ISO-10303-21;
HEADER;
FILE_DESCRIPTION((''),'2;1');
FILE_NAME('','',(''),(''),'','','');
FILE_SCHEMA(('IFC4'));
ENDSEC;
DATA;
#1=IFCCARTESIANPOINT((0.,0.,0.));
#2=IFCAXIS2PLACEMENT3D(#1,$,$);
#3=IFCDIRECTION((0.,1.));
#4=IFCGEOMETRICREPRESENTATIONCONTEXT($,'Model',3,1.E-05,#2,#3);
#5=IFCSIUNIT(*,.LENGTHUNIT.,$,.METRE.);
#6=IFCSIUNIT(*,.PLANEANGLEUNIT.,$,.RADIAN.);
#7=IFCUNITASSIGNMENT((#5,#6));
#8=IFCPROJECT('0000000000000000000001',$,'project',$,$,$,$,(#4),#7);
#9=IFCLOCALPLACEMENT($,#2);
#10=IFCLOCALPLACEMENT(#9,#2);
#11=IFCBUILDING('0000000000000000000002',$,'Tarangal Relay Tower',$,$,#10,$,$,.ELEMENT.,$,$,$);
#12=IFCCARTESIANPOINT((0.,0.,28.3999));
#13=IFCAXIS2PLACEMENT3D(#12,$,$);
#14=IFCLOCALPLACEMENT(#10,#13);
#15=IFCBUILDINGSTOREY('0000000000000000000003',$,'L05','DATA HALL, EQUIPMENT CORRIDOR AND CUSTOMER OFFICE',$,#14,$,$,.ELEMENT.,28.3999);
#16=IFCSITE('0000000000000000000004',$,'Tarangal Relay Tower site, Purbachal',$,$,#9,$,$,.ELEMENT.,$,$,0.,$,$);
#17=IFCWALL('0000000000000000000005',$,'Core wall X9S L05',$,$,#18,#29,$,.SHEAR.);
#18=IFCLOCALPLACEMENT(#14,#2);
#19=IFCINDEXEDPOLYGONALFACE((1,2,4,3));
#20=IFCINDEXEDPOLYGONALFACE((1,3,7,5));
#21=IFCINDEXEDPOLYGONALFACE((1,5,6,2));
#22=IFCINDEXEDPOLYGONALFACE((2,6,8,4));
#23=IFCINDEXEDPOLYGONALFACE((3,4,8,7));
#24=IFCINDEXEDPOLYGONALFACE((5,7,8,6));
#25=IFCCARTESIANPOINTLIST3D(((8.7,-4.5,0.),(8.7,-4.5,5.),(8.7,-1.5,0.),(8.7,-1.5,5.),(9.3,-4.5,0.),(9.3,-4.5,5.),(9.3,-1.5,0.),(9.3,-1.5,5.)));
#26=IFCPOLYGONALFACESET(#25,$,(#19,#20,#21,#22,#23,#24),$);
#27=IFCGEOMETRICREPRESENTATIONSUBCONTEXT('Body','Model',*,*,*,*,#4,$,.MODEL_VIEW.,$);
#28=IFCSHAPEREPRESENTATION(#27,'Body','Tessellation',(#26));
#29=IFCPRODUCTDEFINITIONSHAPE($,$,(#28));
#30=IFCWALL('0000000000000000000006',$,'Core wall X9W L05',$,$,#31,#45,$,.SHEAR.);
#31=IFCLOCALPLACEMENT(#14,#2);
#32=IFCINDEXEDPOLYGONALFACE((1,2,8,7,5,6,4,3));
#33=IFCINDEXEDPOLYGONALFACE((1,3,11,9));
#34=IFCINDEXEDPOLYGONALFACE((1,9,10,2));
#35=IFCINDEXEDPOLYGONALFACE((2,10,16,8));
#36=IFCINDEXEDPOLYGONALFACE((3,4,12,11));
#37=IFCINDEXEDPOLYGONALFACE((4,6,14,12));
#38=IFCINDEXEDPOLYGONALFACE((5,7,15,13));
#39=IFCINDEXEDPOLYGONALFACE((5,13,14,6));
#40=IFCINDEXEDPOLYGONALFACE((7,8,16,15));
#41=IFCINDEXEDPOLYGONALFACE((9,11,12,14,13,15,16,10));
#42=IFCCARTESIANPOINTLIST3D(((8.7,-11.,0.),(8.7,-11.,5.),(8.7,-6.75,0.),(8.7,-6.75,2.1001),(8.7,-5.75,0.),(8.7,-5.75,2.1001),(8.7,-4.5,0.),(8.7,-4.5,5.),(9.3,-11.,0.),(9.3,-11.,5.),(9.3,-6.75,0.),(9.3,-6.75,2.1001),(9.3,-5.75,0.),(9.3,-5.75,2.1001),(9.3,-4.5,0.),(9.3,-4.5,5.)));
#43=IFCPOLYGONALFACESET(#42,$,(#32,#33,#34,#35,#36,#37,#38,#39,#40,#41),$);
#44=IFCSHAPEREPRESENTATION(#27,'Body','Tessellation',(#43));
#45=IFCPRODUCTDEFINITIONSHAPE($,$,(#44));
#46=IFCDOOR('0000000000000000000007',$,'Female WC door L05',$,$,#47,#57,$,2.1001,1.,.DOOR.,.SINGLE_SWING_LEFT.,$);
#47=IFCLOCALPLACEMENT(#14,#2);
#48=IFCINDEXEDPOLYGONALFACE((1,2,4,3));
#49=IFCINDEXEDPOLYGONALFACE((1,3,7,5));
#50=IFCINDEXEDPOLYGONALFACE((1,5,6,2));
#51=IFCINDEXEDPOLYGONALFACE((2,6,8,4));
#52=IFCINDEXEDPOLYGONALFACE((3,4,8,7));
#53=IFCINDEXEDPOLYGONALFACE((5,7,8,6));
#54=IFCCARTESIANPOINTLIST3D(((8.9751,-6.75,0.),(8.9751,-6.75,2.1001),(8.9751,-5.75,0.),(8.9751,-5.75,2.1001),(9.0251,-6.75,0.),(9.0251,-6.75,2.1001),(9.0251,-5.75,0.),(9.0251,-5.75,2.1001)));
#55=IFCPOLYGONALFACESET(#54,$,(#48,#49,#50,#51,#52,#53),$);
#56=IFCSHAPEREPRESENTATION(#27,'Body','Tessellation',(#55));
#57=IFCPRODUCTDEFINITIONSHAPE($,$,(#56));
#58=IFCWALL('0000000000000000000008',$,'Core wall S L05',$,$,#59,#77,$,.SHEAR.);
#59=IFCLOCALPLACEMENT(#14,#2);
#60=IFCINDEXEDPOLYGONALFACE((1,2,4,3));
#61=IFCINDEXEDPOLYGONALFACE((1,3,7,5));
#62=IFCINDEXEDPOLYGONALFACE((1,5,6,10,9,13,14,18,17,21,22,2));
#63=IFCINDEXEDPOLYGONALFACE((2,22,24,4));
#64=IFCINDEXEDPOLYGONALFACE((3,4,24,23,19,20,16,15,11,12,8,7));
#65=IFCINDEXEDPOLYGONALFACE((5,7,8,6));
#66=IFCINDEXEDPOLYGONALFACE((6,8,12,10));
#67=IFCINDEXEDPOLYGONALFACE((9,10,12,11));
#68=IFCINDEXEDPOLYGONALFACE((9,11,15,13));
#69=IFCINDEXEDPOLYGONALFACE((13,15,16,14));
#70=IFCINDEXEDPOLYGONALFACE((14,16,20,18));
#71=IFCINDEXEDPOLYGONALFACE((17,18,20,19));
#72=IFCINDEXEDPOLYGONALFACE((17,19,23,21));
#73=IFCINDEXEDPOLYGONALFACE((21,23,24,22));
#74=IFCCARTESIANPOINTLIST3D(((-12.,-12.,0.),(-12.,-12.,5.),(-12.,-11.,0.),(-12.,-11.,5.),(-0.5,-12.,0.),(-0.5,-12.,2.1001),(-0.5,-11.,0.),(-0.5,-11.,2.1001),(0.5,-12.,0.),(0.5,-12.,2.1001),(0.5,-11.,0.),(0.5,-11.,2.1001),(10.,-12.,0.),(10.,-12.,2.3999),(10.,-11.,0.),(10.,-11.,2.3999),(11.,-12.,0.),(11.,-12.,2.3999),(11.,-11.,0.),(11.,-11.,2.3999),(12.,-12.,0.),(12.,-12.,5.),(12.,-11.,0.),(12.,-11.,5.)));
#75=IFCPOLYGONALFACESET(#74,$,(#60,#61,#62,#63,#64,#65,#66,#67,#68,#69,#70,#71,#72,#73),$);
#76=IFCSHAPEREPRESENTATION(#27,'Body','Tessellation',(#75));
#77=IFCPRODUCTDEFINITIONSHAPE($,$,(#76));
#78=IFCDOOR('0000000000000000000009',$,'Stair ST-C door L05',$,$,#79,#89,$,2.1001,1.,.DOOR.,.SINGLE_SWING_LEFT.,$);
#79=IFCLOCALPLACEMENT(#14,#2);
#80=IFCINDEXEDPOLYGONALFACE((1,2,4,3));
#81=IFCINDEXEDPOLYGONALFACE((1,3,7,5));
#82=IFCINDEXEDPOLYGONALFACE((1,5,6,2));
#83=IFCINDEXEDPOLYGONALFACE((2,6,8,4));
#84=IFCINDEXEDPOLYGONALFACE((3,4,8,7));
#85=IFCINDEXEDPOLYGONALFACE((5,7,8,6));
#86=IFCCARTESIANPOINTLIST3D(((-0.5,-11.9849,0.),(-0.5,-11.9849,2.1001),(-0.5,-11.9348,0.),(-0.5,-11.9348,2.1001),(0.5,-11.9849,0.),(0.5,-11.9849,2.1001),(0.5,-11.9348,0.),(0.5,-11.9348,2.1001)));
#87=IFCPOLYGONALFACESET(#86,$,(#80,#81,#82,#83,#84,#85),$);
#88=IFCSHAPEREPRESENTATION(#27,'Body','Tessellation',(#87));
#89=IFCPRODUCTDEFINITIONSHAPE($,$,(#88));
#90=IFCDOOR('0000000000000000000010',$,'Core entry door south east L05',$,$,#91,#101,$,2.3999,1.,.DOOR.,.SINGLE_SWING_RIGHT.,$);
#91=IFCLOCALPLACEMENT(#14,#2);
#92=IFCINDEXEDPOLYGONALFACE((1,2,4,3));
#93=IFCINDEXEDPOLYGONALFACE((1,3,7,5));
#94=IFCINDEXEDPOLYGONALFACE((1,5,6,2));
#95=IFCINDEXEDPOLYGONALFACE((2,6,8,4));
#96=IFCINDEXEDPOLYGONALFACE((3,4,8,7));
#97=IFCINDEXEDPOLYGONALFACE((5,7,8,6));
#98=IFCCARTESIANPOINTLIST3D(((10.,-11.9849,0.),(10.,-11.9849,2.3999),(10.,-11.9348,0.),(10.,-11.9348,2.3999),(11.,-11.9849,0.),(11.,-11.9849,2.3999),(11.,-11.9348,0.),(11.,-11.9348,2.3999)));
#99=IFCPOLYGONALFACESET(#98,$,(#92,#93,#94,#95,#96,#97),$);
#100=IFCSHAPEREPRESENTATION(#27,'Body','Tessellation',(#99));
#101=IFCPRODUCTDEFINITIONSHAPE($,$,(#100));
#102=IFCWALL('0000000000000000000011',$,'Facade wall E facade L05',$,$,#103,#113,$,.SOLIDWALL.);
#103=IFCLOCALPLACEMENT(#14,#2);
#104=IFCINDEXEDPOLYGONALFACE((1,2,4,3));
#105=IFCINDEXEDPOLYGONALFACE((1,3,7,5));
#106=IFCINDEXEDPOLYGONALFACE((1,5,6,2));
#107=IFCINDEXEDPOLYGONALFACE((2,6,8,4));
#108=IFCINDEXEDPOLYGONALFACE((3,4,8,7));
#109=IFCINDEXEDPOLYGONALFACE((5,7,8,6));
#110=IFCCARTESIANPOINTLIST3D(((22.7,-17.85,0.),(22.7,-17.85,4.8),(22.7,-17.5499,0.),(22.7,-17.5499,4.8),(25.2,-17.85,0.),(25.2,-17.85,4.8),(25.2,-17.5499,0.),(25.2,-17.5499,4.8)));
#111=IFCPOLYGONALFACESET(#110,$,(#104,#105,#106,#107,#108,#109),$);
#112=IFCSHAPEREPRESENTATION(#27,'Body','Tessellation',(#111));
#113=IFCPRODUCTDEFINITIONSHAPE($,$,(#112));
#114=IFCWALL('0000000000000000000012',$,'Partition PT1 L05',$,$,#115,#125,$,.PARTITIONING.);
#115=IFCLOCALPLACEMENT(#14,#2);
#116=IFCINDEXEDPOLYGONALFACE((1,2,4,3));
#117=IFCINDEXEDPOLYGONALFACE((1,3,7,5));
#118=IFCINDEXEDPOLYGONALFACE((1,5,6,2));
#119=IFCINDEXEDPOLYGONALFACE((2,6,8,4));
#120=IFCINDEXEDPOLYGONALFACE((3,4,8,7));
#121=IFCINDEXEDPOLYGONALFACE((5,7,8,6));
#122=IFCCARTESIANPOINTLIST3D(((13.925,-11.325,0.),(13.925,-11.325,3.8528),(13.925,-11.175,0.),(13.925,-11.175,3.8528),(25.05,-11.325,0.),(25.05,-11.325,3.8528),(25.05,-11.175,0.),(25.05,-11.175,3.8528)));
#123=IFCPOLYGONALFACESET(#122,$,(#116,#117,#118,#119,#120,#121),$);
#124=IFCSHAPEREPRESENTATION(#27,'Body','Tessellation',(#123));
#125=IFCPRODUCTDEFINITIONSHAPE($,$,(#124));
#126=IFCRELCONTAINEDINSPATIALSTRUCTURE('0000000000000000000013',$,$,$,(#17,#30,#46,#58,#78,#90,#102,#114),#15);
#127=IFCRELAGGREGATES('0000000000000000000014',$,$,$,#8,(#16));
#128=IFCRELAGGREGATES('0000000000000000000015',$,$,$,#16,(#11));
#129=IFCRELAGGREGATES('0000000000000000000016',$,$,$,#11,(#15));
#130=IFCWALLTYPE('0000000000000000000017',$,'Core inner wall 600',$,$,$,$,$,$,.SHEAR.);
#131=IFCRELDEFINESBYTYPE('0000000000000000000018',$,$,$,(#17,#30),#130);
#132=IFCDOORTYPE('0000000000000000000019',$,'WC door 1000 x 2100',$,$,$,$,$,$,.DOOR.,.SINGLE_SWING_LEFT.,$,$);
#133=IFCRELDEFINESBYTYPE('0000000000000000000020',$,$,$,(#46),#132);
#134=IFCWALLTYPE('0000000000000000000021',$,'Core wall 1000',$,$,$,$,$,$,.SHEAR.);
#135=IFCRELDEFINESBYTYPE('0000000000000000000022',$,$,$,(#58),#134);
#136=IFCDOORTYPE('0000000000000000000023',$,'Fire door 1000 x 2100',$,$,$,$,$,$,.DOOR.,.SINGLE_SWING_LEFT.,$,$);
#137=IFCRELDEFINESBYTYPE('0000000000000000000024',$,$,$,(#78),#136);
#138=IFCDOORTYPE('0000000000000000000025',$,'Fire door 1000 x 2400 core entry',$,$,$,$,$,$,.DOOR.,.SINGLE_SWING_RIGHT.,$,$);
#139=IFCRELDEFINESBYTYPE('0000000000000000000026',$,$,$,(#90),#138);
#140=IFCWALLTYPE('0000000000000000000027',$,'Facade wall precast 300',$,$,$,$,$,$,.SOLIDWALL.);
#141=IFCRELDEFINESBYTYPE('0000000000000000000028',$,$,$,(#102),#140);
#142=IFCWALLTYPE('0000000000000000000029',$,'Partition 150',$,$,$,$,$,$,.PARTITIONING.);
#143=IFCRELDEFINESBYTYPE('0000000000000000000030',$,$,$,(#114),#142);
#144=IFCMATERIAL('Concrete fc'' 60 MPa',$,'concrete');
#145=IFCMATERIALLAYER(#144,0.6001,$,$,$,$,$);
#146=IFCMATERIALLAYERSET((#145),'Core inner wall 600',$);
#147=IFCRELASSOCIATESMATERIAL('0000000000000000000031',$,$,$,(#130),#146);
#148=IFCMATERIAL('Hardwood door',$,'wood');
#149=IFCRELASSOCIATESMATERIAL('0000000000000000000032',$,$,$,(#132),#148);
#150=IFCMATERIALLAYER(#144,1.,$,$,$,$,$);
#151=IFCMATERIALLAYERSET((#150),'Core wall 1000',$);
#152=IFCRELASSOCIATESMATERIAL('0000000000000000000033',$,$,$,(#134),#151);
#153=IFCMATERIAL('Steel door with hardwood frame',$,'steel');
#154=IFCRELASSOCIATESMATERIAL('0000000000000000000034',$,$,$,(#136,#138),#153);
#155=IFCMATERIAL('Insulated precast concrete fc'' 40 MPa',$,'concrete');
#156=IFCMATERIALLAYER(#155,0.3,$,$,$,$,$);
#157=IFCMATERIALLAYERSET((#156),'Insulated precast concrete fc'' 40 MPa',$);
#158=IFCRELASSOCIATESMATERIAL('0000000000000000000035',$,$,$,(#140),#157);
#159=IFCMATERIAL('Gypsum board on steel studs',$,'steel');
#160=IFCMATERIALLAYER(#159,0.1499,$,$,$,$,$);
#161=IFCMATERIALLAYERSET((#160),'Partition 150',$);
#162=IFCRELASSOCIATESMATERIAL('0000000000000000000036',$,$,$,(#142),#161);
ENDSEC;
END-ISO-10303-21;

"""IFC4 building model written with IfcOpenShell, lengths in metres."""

from ifc_helpers import new_model, si_unit, direction, frame, frame_2d, origin, place, context, subcontext, project, spatial, rectangle, extrude, material, layer, layer_set, type_object, element, fill, save


model = new_model("IFC4")

# Units and contexts
model_context = context("Model", 3, precision=1e-05, world=origin(), true_north=direction((0.0, 1.0)))
body_context = subcontext(model_context, "Body", "Model", "MODEL_VIEW")
ifc_project = project(units=[si_unit("LENGTHUNIT", "METRE"), si_unit("PLANEANGLEUNIT", "RADIAN")], contexts=[model_context])

# Site, building, storey
site_placement = place(None, origin())
site = spatial("IfcSite", under=ifc_project, at=site_placement, Name="Tarangal Relay Tower site, Purbachal", CompositionType="ELEMENT", RefElevation=0.0)
building_placement = place(site_placement, origin())
building = spatial("IfcBuilding", under=site, at=building_placement, Name="Tarangal Relay Tower", CompositionType="ELEMENT")
storey_placement = place(building_placement, frame((0.0, 0.0, 28.3999)))
storey = spatial("IfcBuildingStorey", under=building, at=storey_placement, Name="L05", Description="DATA HALL, EQUIPMENT CORRIDOR AND CUSTOMER OFFICE", CompositionType="ELEMENT", Elevation=28.3999)

# Wall
ifc_material_1 = material(Name="Concrete fc' 60 MPa", Category="concrete")
ifc_layer_1 = layer(ifc_material_1, 0.6001)
ifc_layer_set_1 = layer_set([ifc_layer_1], Name="Core inner wall 600")
wall_type_1 = type_object("IfcWallType", Name="Core inner wall 600", PredefinedType="SHEAR", material=ifc_layer_set_1)
wall_1_placement = place(storey_placement, frame((9.0, -4.5, 0.0), z_axis=(0.0, 0.0, 1.0), x_axis=(0.0, 1.0, 0.0)))
element("IfcWall", 1, at=wall_1_placement, inside=storey, type_object=wall_type_1, Name="Core wall X9S L05", PredefinedType="SHEAR", context=body_context, shape_type="SweptSolid", body=[
    extrude(rectangle(XDim=3.0, YDim=0.6001, at=frame_2d((1.5, 0.0))), origin(), (0.0, 0.0, 1.0), 5.0),
])

# Wall, opening, door
wall_2_placement = place(storey_placement, frame((9.0, -11.0, 0.0), z_axis=(0.0, 0.0, 1.0), x_axis=(0.0, 1.0, 0.0)))
wall_2 = element("IfcWall", 2, at=wall_2_placement, inside=storey, type_object=wall_type_1, Name="Core wall X9W L05", PredefinedType="SHEAR", context=body_context, shape_type="SweptSolid", body=[
    extrude(rectangle(XDim=6.5, YDim=0.6001, at=frame_2d((3.25, 0.0))), origin(), (0.0, 0.0, 1.0), 5.0),
])
opening_1_placement = place(wall_2_placement, frame((4.25, 0.0, 0.0)))
opening_1 = element("IfcOpeningElement", 3, at=opening_1_placement, cuts=wall_2, PredefinedType="OPENING", context=body_context, shape_type="SweptSolid", body=[
    extrude(rectangle(XDim=1.0, YDim=2.1001, at=frame_2d((0.5, 1.05))), frame((0.0, 0.3101, 0.0), z_axis=(0.0, -1.0, 0.0), x_axis=(1.0, 0.0, 0.0)), (0.0, 0.0, 1.0), 0.6201),
])
ifc_material_2 = material(Name="Hardwood door", Category="wood")
door_type_1 = type_object("IfcDoorType", Name="WC door 1000 x 2100", OperationType="SINGLE_SWING_LEFT", PredefinedType="DOOR", material=ifc_material_2)
door_1_placement = place(opening_1_placement, origin())
door_1 = element("IfcDoor", 4, at=door_1_placement, inside=storey, type_object=door_type_1, Name="Female WC door L05", OperationType="SINGLE_SWING_LEFT", OverallHeight=2.1001, OverallWidth=1.0, PredefinedType="DOOR", context=body_context, shape_type="SweptSolid", body=[
    extrude(rectangle(XDim=1.0, YDim=2.1001, at=frame_2d((0.5, 1.05))), frame((0.0, 0.0249, 0.0), z_axis=(0.0, -1.0, 0.0), x_axis=(1.0, 0.0, 0.0)), (0.0, 0.0, 1.0), 0.05),
])
fill(opening_1, door_1)

# Wall, openings, doors
ifc_layer_2 = layer(ifc_material_1, 1.0)
ifc_layer_set_2 = layer_set([ifc_layer_2], Name="Core wall 1000")
wall_type_2 = type_object("IfcWallType", Name="Core wall 1000", PredefinedType="SHEAR", material=ifc_layer_set_2)
wall_3_placement = place(storey_placement, frame((12.0, -11.5, 0.0), z_axis=(0.0, 0.0, 1.0), x_axis=(-1.0, 0.0, 0.0)))
wall_3 = element("IfcWall", 5, at=wall_3_placement, inside=storey, type_object=wall_type_2, Name="Core wall S L05", PredefinedType="SHEAR", context=body_context, shape_type="SweptSolid", body=[
    extrude(rectangle(XDim=24.0, YDim=1.0, at=frame_2d((12.0, 0.0))), origin(), (0.0, 0.0, 1.0), 5.0),
])
opening_2_placement = place(wall_3_placement, frame((11.5, 0.0, 0.0)))
opening_2 = element("IfcOpeningElement", 6, at=opening_2_placement, cuts=wall_3, PredefinedType="OPENING", context=body_context, shape_type="SweptSolid", body=[
    extrude(rectangle(XDim=1.0, YDim=2.1001, at=frame_2d((0.5, 1.05))), frame((0.0, 0.51, 0.0), z_axis=(0.0, -1.0, 0.0), x_axis=(1.0, 0.0, 0.0)), (0.0, 0.0, 1.0), 1.02),
])
opening_3_placement = place(wall_3_placement, frame((1.0, 0.0, 0.0)))
opening_3 = element("IfcOpeningElement", 7, at=opening_3_placement, cuts=wall_3, PredefinedType="OPENING", context=body_context, shape_type="SweptSolid", body=[
    extrude(rectangle(XDim=1.0, YDim=2.3999, at=frame_2d((0.5, 1.2))), frame((0.0, 0.51, 0.0), z_axis=(0.0, -1.0, 0.0), x_axis=(1.0, 0.0, 0.0)), (0.0, 0.0, 1.0), 1.02),
])
ifc_material_3 = material(Name="Steel door with hardwood frame", Category="steel")
door_type_2 = type_object("IfcDoorType", Name="Fire door 1000 x 2100", OperationType="SINGLE_SWING_LEFT", PredefinedType="DOOR", material=ifc_material_3)
door_2_placement = place(opening_2_placement, origin())
door_2 = element("IfcDoor", 8, at=door_2_placement, inside=storey, type_object=door_type_2, Name="Stair ST-C door L05", OperationType="SINGLE_SWING_LEFT", OverallHeight=2.1001, OverallWidth=1.0, PredefinedType="DOOR", context=body_context, shape_type="SweptSolid", body=[
    extrude(rectangle(XDim=1.0, YDim=2.1001, at=frame_2d((0.5, 1.05))), frame((0.0, 0.4849, 0.0), z_axis=(0.0, -1.0, 0.0), x_axis=(1.0, 0.0, 0.0)), (0.0, 0.0, 1.0), 0.05),
])
fill(opening_2, door_2)
door_type_3 = type_object("IfcDoorType", Name="Fire door 1000 x 2400 core entry", OperationType="SINGLE_SWING_RIGHT", PredefinedType="DOOR", material=ifc_material_3)
door_3_placement = place(opening_3_placement, origin())
door_3 = element("IfcDoor", 9, at=door_3_placement, inside=storey, type_object=door_type_3, Name="Core entry door south east L05", OperationType="SINGLE_SWING_RIGHT", OverallHeight=2.3999, OverallWidth=1.0, PredefinedType="DOOR", context=body_context, shape_type="SweptSolid", body=[
    extrude(rectangle(XDim=1.0, YDim=2.3999, at=frame_2d((0.5, 1.2))), frame((0.0, 0.4849, 0.0), z_axis=(0.0, -1.0, 0.0), x_axis=(1.0, 0.0, 0.0)), (0.0, 0.0, 1.0), 0.05),
])
fill(opening_3, door_3)

# Walls
ifc_material_4 = material(Name="Insulated precast concrete fc' 40 MPa", Category="concrete")
ifc_layer_3 = layer(ifc_material_4, 0.3)
ifc_layer_set_3 = layer_set([ifc_layer_3], Name="Insulated precast concrete fc' 40 MPa")
wall_type_3 = type_object("IfcWallType", Name="Facade wall precast 300", PredefinedType="SOLIDWALL", material=ifc_layer_set_3)
wall_4_placement = place(storey_placement, frame((25.2, -17.7, 0.0), z_axis=(0.0, 0.0, 1.0), x_axis=(-1.0, 0.0, 0.0)))
element("IfcWall", 10, at=wall_4_placement, inside=storey, type_object=wall_type_3, Name="Facade wall E facade L05", PredefinedType="SOLIDWALL", context=body_context, shape_type="SweptSolid", body=[
    extrude(rectangle(XDim=2.5, YDim=0.3, at=frame_2d((1.25, 0.0))), origin(), (0.0, 0.0, 1.0), 4.8),
])
ifc_material_5 = material(Name="Gypsum board on steel studs", Category="steel")
ifc_layer_4 = layer(ifc_material_5, 0.1499)
ifc_layer_set_4 = layer_set([ifc_layer_4], Name="Partition 150")
wall_type_4 = type_object("IfcWallType", Name="Partition 150", PredefinedType="PARTITIONING", material=ifc_layer_set_4)
wall_5_placement = place(storey_placement, frame((13.925, -11.25, 0.0), z_axis=(0.0, 0.0, 1.0), x_axis=(1.0, 0.0, 0.0)))
element("IfcWall", 11, at=wall_5_placement, inside=storey, type_object=wall_type_4, Name="Partition PT1 L05", PredefinedType="PARTITIONING", context=body_context, shape_type="SweptSolid", body=[
    extrude(rectangle(XDim=11.125, YDim=0.1499, at=frame_2d((5.5625, 0.0))), origin(), (0.0, 0.0, 1.0), 3.8528),
])

save(model, "model.ifc")
